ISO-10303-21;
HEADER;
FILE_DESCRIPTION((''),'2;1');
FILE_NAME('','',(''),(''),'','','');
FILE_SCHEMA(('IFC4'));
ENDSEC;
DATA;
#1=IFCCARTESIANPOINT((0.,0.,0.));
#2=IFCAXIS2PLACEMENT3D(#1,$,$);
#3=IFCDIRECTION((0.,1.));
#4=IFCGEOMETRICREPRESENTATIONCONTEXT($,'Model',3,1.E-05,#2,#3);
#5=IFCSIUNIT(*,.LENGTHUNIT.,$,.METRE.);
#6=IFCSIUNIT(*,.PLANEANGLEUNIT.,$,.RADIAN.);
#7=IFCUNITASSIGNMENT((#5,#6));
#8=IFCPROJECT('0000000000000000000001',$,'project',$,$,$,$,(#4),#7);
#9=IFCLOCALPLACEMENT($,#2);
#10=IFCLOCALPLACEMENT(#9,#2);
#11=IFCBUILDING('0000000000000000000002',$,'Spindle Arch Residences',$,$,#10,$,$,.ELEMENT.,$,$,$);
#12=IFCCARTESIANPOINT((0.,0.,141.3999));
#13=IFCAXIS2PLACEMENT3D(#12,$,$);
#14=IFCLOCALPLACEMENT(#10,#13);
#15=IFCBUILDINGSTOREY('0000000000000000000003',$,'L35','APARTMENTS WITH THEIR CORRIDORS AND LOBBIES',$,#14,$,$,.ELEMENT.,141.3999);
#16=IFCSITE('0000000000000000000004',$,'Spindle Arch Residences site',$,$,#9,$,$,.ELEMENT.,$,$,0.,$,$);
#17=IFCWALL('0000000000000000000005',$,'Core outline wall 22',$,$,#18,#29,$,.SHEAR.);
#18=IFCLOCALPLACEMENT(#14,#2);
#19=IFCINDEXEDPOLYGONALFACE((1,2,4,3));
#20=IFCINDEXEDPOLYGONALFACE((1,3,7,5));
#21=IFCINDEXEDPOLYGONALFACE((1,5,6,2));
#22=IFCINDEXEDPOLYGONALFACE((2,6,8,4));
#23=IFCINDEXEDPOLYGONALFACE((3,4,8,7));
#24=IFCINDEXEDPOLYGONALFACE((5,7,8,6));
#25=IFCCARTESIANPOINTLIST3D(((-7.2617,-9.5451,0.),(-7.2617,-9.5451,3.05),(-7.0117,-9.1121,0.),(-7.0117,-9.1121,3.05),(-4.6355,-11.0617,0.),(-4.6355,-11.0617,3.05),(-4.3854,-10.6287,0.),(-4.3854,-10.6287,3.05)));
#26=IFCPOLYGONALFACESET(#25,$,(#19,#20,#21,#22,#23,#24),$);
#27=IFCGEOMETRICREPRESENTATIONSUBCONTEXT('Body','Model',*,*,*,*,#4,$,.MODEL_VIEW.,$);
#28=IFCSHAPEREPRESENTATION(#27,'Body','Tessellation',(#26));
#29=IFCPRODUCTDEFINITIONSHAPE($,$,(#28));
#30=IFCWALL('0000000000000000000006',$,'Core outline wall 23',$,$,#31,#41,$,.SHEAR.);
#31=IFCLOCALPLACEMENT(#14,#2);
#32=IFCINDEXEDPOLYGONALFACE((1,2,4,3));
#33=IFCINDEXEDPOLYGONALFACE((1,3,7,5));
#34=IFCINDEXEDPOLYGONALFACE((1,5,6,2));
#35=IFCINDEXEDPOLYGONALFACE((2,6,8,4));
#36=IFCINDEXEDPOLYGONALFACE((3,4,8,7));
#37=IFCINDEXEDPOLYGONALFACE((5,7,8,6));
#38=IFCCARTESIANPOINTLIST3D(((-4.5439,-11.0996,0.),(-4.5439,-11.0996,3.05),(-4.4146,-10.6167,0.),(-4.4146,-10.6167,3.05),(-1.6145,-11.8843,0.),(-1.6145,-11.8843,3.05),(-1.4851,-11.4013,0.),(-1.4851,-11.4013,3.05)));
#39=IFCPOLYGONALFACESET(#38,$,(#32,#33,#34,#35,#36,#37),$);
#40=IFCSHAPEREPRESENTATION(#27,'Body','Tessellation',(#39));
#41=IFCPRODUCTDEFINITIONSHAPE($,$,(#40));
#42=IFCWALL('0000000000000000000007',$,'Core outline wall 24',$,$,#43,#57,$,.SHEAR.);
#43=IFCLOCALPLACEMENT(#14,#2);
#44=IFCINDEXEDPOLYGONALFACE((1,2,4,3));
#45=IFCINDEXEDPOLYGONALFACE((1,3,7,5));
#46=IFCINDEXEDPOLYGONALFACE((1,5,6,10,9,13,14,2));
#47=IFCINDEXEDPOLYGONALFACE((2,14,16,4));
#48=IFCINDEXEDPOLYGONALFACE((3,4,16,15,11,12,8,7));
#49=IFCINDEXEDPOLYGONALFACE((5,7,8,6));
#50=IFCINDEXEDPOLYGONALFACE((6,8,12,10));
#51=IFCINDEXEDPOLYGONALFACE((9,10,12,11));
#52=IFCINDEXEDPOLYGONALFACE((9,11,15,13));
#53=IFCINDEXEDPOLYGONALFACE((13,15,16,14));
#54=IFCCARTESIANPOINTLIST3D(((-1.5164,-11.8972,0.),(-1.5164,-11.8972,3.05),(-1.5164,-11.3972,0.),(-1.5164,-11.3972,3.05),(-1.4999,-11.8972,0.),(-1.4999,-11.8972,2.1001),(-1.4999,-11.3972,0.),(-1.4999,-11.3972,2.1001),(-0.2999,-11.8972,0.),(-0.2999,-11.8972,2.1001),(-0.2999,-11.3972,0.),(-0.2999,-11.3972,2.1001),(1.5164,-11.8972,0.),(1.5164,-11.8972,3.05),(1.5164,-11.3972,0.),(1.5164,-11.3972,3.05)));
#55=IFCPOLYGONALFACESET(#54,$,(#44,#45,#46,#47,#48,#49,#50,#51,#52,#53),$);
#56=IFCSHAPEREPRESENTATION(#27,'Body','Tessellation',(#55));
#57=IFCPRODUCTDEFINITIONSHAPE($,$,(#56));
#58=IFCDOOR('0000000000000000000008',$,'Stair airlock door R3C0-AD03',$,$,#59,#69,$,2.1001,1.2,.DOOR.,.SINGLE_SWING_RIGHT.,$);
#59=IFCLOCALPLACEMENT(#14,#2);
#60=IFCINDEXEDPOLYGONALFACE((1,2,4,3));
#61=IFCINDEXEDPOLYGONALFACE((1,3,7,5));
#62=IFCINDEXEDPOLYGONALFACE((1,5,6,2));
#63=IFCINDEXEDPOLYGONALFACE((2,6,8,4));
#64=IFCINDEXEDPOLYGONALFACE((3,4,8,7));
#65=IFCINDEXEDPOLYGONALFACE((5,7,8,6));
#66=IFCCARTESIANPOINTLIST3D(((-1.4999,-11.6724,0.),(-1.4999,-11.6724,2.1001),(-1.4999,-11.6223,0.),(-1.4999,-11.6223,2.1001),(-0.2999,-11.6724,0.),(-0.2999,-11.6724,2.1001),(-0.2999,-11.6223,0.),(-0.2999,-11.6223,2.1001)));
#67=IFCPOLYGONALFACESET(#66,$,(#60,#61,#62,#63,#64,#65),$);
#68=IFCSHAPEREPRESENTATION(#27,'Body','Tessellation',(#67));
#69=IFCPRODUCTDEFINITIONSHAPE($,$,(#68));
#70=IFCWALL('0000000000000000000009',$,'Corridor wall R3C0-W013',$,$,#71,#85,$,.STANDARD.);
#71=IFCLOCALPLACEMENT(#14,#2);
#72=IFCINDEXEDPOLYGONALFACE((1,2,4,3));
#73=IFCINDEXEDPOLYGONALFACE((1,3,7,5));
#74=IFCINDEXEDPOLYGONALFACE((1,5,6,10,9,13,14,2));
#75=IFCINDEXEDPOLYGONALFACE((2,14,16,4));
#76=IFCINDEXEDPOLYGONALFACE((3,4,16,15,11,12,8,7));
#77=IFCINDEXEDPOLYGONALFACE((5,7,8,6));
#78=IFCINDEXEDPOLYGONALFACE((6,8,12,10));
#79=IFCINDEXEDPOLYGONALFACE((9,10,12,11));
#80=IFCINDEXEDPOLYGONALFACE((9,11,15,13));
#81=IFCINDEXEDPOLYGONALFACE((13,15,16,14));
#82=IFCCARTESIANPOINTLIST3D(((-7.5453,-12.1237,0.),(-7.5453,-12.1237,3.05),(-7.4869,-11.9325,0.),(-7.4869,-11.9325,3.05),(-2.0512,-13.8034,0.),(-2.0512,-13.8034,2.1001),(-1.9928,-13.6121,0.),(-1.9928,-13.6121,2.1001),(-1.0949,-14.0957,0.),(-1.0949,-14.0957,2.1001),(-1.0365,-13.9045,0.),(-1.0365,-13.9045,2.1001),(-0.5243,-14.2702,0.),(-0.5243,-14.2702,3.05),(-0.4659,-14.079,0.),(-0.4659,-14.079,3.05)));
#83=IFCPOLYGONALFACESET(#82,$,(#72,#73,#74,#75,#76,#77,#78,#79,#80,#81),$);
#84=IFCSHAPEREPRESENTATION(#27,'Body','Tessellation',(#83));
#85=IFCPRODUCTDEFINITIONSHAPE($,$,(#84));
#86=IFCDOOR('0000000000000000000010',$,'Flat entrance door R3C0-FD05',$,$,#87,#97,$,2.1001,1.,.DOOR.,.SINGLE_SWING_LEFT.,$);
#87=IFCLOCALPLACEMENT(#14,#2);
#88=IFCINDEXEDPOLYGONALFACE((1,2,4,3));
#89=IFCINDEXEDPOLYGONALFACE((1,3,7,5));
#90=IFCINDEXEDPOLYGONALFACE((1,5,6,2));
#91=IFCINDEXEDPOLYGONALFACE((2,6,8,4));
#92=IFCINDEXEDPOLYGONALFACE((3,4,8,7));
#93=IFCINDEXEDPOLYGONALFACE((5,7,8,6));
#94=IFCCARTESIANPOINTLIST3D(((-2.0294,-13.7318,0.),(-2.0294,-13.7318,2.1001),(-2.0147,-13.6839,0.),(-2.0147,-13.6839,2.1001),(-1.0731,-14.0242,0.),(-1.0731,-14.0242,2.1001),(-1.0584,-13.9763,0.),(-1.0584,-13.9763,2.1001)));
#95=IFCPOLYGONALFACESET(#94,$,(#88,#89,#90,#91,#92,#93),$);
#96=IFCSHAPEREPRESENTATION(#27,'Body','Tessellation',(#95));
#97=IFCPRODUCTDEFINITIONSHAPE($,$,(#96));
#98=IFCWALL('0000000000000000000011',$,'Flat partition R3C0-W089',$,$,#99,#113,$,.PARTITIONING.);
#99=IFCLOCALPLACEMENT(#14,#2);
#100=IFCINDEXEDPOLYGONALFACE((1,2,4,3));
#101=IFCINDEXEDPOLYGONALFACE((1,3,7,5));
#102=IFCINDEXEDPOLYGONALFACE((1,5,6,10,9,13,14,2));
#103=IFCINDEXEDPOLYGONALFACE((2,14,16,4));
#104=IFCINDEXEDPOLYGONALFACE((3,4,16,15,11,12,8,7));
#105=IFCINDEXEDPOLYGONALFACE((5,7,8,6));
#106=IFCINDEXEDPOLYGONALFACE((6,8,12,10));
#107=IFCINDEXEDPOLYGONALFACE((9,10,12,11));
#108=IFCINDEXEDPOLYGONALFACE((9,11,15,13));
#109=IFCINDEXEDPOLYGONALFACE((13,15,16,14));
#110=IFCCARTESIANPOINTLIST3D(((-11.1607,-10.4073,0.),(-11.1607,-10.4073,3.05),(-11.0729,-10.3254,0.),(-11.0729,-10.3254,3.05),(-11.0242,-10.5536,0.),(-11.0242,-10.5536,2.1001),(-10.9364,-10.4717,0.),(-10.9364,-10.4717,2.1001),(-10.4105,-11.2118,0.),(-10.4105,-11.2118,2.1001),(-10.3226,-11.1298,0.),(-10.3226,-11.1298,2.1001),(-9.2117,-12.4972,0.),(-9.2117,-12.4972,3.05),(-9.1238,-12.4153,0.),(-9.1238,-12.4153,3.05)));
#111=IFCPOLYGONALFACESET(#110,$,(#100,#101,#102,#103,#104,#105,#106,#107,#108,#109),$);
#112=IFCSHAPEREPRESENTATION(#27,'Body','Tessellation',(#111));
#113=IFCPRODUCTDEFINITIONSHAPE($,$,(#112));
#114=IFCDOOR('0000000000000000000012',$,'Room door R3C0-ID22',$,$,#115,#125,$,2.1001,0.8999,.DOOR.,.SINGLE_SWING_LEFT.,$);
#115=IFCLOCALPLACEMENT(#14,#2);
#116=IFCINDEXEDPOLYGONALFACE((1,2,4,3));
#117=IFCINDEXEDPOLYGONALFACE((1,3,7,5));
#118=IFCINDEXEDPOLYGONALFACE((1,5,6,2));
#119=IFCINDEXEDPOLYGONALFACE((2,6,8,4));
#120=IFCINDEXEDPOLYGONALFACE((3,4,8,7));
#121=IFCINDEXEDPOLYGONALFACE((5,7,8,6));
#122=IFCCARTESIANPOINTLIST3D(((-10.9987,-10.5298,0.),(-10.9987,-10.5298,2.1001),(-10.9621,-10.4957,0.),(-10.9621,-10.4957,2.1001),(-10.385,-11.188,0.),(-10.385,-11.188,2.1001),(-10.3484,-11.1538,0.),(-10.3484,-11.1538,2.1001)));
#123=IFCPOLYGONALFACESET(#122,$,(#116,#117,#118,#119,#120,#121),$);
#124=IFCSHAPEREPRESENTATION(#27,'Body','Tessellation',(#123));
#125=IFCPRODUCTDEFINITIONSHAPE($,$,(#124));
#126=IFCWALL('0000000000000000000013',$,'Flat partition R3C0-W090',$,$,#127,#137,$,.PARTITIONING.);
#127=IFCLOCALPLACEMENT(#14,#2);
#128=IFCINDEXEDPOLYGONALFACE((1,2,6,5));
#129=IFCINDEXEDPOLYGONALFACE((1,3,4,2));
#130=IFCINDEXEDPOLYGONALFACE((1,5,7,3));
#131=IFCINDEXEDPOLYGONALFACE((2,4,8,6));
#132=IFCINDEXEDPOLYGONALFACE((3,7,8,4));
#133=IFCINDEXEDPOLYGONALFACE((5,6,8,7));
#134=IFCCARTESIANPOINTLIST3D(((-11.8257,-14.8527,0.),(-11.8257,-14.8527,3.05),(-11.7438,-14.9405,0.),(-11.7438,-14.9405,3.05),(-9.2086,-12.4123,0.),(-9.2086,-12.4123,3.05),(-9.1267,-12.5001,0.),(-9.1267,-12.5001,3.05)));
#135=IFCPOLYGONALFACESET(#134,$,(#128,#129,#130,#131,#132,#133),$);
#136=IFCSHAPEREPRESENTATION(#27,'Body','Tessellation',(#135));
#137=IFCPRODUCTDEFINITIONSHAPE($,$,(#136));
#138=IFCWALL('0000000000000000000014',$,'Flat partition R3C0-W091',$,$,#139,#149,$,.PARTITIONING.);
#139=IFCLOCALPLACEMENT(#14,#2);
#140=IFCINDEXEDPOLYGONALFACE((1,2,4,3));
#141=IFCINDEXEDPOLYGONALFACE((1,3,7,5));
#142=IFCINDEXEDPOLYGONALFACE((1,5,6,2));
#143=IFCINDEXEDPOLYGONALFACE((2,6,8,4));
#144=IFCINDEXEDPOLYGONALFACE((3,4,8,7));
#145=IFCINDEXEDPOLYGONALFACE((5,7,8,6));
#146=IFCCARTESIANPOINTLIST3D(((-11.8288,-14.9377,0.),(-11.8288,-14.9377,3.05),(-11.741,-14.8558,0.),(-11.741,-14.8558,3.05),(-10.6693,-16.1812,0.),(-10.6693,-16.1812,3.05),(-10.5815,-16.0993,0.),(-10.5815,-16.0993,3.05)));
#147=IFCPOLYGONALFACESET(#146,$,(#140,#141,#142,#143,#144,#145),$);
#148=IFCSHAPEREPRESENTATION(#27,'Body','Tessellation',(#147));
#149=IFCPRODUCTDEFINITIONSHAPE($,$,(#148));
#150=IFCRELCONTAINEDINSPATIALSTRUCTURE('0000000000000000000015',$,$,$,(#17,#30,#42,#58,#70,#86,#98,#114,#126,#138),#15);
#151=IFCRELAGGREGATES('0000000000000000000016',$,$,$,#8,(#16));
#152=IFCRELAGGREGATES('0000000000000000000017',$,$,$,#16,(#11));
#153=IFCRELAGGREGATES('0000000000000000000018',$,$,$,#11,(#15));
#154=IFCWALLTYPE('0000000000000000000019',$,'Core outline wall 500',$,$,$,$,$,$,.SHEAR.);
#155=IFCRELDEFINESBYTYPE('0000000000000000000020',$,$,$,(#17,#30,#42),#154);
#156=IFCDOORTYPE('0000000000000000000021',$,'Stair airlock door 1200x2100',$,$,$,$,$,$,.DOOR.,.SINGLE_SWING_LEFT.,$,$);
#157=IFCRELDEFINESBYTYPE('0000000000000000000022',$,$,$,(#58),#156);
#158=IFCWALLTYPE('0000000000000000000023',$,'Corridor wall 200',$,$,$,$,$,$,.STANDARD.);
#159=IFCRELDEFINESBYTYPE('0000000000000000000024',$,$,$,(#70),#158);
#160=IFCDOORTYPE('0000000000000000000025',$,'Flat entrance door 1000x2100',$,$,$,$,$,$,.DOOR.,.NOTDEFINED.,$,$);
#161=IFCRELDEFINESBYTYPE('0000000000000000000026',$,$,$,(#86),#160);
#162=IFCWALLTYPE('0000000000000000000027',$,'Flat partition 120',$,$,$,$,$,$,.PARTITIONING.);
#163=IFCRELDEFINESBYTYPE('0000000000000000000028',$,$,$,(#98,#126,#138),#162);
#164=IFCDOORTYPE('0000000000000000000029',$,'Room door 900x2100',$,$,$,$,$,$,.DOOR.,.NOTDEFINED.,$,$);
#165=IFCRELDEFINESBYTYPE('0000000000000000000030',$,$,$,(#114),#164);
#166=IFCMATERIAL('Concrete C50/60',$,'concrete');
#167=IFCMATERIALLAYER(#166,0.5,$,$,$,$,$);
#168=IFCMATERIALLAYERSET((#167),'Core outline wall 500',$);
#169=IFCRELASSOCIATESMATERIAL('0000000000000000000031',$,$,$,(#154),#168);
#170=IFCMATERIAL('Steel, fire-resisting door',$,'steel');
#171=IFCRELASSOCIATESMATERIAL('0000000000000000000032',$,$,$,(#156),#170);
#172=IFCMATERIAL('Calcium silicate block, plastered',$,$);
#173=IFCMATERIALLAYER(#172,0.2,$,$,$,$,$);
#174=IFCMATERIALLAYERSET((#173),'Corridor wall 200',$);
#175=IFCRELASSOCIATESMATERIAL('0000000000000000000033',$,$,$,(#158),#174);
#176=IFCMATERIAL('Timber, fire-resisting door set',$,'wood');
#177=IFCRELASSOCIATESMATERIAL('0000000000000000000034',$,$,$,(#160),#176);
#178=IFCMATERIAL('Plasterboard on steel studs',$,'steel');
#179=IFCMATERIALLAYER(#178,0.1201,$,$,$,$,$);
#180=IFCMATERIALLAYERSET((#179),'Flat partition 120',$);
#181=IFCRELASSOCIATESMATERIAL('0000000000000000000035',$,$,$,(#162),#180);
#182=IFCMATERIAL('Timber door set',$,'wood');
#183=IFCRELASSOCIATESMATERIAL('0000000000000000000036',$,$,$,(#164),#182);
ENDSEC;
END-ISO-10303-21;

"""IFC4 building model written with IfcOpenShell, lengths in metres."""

from ifc_helpers import new_model, si_unit, direction, frame, frame_2d, origin, place, context, subcontext, project, spatial, rectangle, extrude, material, layer, layer_set, type_object, element, fill, save


model = new_model("IFC4")

# Units and contexts
model_context = context("Model", 3, precision=1e-05, world=origin(), true_north=direction((0.0, 1.0)))
body_context = subcontext(model_context, "Body", "Model", "MODEL_VIEW")
ifc_project = project(units=[si_unit("LENGTHUNIT", "METRE"), si_unit("PLANEANGLEUNIT", "RADIAN")], contexts=[model_context])

# Site, building, storey
site_placement = place(None, origin())
site = spatial("IfcSite", under=ifc_project, at=site_placement, Name="Spindle Arch Residences site", CompositionType="ELEMENT", RefElevation=0.0)
building_placement = place(site_placement, origin())
building = spatial("IfcBuilding", under=site, at=building_placement, Name="Spindle Arch Residences", CompositionType="ELEMENT")
storey_placement = place(building_placement, frame((0.0, 0.0, 141.3999)))
storey = spatial("IfcBuildingStorey", under=building, at=storey_placement, Name="L35", Description="APARTMENTS WITH THEIR CORRIDORS AND LOBBIES", CompositionType="ELEMENT", Elevation=141.3999)

# Walls
ifc_material_1 = material(Name="Concrete C50/60", Category="concrete")
ifc_layer_1 = layer(ifc_material_1, 0.5)
ifc_layer_set_1 = layer_set([ifc_layer_1], Name="Core outline wall 500")
wall_type_1 = type_object("IfcWallType", Name="Core outline wall 500", PredefinedType="SHEAR", material=ifc_layer_set_1)
for number, where, z_axis, x_axis, name in (
    (1, (-7.1367, -9.3286, 0.0), (0.0, 0.0, 1.0), (0.865975, -0.500087, 0.0), "Core outline wall 22"),
    (2, (-4.4792, -10.8582, 0.0), (0.0, 0.0, 1.0), (0.965948, -0.258735, 0.0), "Core outline wall 23"),
):
    element("IfcWall", number, at=place(storey_placement, frame(where, z_axis=z_axis, x_axis=x_axis)), inside=storey, type_object=wall_type_1, Name=name, PredefinedType="SHEAR", context=body_context, shape_type="SweptSolid", body=[
        extrude(rectangle(XDim=3.0327, YDim=0.5, at=frame_2d((1.5164, 0.0))), origin(), (0.0, 0.0, 1.0), 3.05),
    ])

# Walls, openings, doors
wall_1_placement = place(storey_placement, frame((-1.5164, -11.6472, 0.0), z_axis=(0.0, 0.0, 1.0), x_axis=(1.0, 0.0, 0.0)))
wall_1 = element("IfcWall", 3, at=wall_1_placement, inside=storey, type_object=wall_type_1, Name="Core outline wall 24", PredefinedType="SHEAR", context=body_context, shape_type="SweptSolid", body=[
    extrude(rectangle(XDim=3.0327, YDim=0.5, at=frame_2d((1.5164, 0.0))), origin(), (0.0, 0.0, 1.0), 3.05),
])
opening_1_placement = place(wall_1_placement, frame((0.0164, 0.0, 0.0)))
opening_1 = element("IfcOpeningElement", 4, at=opening_1_placement, cuts=wall_1, PredefinedType="OPENING", context=body_context, shape_type="SweptSolid", body=[
    extrude(rectangle(XDim=1.2, YDim=2.1001, at=frame_2d((0.6001, 1.05))), frame((0.0, 0.26, 0.0), z_axis=(0.0, -1.0, 0.0), x_axis=(1.0, 0.0, 0.0)), (0.0, 0.0, 1.0), 0.52),
])
ifc_material_2 = material(Name="Steel, fire-resisting door", Category="steel")
door_type_1 = type_object("IfcDoorType", Name="Stair airlock door 1200x2100", OperationType="SINGLE_SWING_LEFT", PredefinedType="DOOR", material=ifc_material_2)
door_1_placement = place(opening_1_placement, origin())
door_1 = element("IfcDoor", 5, at=door_1_placement, inside=storey, type_object=door_type_1, Name="Stair airlock door R3C0-AD03", OperationType="SINGLE_SWING_RIGHT", OverallHeight=2.1001, OverallWidth=1.2, PredefinedType="DOOR", context=body_context, shape_type="SweptSolid", body=[
    extrude(rectangle(XDim=1.2, YDim=2.1001, at=frame_2d((0.6001, 1.05))), frame((0.0, 0.0249, 0.0), z_axis=(0.0, -1.0, 0.0), x_axis=(1.0, 0.0, 0.0)), (0.0, 0.0, 1.0), 0.05),
])
fill(opening_1, door_1)
ifc_material_3 = material(Name="Calcium silicate block, plastered")
ifc_layer_2 = layer(ifc_material_3, 0.2)
ifc_layer_set_2 = layer_set([ifc_layer_2], Name="Corridor wall 200")
wall_type_2 = type_object("IfcWallType", Name="Corridor wall 200", PredefinedType="STANDARD", material=ifc_layer_set_2)
wall_2_placement = place(storey_placement, frame((-7.5161, -12.0281, 0.0), z_axis=(0.0, 0.0, 1.0), x_axis=(0.956307, -0.292366, 0.0)))
wall_2 = element("IfcWall", 6, at=wall_2_placement, inside=storey, type_object=wall_type_2, Name="Corridor wall R3C0-W013", PredefinedType="STANDARD", context=body_context, shape_type="SweptSolid", body=[
    extrude(rectangle(XDim=7.3418, YDim=0.2, at=frame_2d((3.6709, 0.0))), origin(), (0.0, 0.0, 1.0), 3.05),
])
opening_2_placement = place(wall_2_placement, frame((5.7451, 0.0, 0.0)))
opening_2 = element("IfcOpeningElement", 7, at=opening_2_placement, cuts=wall_2, PredefinedType="OPENING", context=body_context, shape_type="SweptSolid", body=[
    extrude(rectangle(XDim=1.0, YDim=2.1001, at=frame_2d((0.5, 1.05))), frame((0.0, 0.1099, 0.0), z_axis=(0.0, -1.0, 0.0), x_axis=(1.0, 0.0, 0.0)), (0.0, 0.0, 1.0), 0.22),
])
ifc_material_4 = material(Name="Timber, fire-resisting door set", Category="wood")
door_type_2 = type_object("IfcDoorType", Name="Flat entrance door 1000x2100", OperationType="NOTDEFINED", PredefinedType="DOOR", material=ifc_material_4)
door_2_placement = place(opening_2_placement, origin())
door_2 = element("IfcDoor", 8, at=door_2_placement, inside=storey, type_object=door_type_2, Name="Flat entrance door R3C0-FD05", OperationType="SINGLE_SWING_LEFT", OverallHeight=2.1001, OverallWidth=1.0, PredefinedType="DOOR", context=body_context, shape_type="SweptSolid", body=[
    extrude(rectangle(XDim=1.0, YDim=2.1001, at=frame_2d((0.5, 1.05))), frame((0.0, 0.0249, 0.0), z_axis=(0.0, -1.0, 0.0), x_axis=(1.0, 0.0, 0.0)), (0.0, 0.0, 1.0), 0.05),
])
fill(opening_2, door_2)
ifc_material_5 = material(Name="Plasterboard on steel studs", Category="steel")
ifc_layer_3 = layer(ifc_material_5, 0.1201)
ifc_layer_set_3 = layer_set([ifc_layer_3], Name="Flat partition 120")
wall_type_3 = type_object("IfcWallType", Name="Flat partition 120", PredefinedType="PARTITIONING", material=ifc_layer_set_3)
wall_3_placement = place(storey_placement, frame((-11.1167, -10.3665, 0.0), z_axis=(0.0, 0.0, 1.0), x_axis=(0.682029, -0.731325, 0.0)))
wall_3 = element("IfcWall", 9, at=wall_3_placement, inside=storey, type_object=wall_type_3, Name="Flat partition R3C0-W089", PredefinedType="PARTITIONING", context=body_context, shape_type="SweptSolid", body=[
    extrude(rectangle(XDim=2.8577, YDim=0.1201, at=frame_2d((1.4287, 0.0))), origin(), (0.0, 0.0, 1.0), 3.05),
])
opening_3_placement = place(wall_3_placement, frame((0.2, 0.0, 0.0)))
opening_3 = element("IfcOpeningElement", 10, at=opening_3_placement, cuts=wall_3, PredefinedType="OPENING", context=body_context, shape_type="SweptSolid", body=[
    extrude(rectangle(XDim=0.8999, YDim=2.1001, at=frame_2d((0.45, 1.05))), frame((0.0, 0.0701, 0.0), z_axis=(0.0, -1.0, 0.0), x_axis=(1.0, 0.0, 0.0)), (0.0, 0.0, 1.0), 0.1401),
])
ifc_material_6 = material(Name="Timber door set", Category="wood")
door_type_3 = type_object("IfcDoorType", Name="Room door 900x2100", OperationType="NOTDEFINED", PredefinedType="DOOR", material=ifc_material_6)
door_3_placement = place(opening_3_placement, origin())
door_3 = element("IfcDoor", 11, at=door_3_placement, inside=storey, type_object=door_type_3, Name="Room door R3C0-ID22", OperationType="SINGLE_SWING_LEFT", OverallHeight=2.1001, OverallWidth=0.8999, PredefinedType="DOOR", context=body_context, shape_type="SweptSolid", body=[
    extrude(rectangle(XDim=0.8999, YDim=2.1001, at=frame_2d((0.45, 1.05))), frame((0.0, 0.0249, 0.0), z_axis=(0.0, -1.0, 0.0), x_axis=(1.0, 0.0, 0.0)), (0.0, 0.0, 1.0), 0.05),
])
fill(opening_3, door_3)

# Walls
wall_4_placement = place(storey_placement, frame((-9.1677, -12.4563, 0.0), z_axis=(0.0, 0.0, 1.0), x_axis=(-0.731373, -0.681978, 0.0)))
element("IfcWall", 12, at=wall_4_placement, inside=storey, type_object=wall_type_3, Name="Flat partition R3C0-W090", PredefinedType="PARTITIONING", context=body_context, shape_type="SweptSolid", body=[
    extrude(rectangle(XDim=3.5784, YDim=0.1201, at=frame_2d((1.7891, 0.0))), origin(), (0.0, 0.0, 1.0), 3.05),
])
wall_5_placement = place(storey_placement, frame((-11.7849, -14.8967, 0.0), z_axis=(0.0, 0.0, 1.0), x_axis=(0.681975, -0.731375, 0.0)))
element("IfcWall", 13, at=wall_5_placement, inside=storey, type_object=wall_type_3, Name="Flat partition R3C0-W091", PredefinedType="PARTITIONING", context=body_context, shape_type="SweptSolid", body=[
    extrude(rectangle(XDim=1.7002, YDim=0.1201, at=frame_2d((0.8501, 0.0))), origin(), (0.0, 0.0, 1.0), 3.05),
])

save(model, "model.ifc")
